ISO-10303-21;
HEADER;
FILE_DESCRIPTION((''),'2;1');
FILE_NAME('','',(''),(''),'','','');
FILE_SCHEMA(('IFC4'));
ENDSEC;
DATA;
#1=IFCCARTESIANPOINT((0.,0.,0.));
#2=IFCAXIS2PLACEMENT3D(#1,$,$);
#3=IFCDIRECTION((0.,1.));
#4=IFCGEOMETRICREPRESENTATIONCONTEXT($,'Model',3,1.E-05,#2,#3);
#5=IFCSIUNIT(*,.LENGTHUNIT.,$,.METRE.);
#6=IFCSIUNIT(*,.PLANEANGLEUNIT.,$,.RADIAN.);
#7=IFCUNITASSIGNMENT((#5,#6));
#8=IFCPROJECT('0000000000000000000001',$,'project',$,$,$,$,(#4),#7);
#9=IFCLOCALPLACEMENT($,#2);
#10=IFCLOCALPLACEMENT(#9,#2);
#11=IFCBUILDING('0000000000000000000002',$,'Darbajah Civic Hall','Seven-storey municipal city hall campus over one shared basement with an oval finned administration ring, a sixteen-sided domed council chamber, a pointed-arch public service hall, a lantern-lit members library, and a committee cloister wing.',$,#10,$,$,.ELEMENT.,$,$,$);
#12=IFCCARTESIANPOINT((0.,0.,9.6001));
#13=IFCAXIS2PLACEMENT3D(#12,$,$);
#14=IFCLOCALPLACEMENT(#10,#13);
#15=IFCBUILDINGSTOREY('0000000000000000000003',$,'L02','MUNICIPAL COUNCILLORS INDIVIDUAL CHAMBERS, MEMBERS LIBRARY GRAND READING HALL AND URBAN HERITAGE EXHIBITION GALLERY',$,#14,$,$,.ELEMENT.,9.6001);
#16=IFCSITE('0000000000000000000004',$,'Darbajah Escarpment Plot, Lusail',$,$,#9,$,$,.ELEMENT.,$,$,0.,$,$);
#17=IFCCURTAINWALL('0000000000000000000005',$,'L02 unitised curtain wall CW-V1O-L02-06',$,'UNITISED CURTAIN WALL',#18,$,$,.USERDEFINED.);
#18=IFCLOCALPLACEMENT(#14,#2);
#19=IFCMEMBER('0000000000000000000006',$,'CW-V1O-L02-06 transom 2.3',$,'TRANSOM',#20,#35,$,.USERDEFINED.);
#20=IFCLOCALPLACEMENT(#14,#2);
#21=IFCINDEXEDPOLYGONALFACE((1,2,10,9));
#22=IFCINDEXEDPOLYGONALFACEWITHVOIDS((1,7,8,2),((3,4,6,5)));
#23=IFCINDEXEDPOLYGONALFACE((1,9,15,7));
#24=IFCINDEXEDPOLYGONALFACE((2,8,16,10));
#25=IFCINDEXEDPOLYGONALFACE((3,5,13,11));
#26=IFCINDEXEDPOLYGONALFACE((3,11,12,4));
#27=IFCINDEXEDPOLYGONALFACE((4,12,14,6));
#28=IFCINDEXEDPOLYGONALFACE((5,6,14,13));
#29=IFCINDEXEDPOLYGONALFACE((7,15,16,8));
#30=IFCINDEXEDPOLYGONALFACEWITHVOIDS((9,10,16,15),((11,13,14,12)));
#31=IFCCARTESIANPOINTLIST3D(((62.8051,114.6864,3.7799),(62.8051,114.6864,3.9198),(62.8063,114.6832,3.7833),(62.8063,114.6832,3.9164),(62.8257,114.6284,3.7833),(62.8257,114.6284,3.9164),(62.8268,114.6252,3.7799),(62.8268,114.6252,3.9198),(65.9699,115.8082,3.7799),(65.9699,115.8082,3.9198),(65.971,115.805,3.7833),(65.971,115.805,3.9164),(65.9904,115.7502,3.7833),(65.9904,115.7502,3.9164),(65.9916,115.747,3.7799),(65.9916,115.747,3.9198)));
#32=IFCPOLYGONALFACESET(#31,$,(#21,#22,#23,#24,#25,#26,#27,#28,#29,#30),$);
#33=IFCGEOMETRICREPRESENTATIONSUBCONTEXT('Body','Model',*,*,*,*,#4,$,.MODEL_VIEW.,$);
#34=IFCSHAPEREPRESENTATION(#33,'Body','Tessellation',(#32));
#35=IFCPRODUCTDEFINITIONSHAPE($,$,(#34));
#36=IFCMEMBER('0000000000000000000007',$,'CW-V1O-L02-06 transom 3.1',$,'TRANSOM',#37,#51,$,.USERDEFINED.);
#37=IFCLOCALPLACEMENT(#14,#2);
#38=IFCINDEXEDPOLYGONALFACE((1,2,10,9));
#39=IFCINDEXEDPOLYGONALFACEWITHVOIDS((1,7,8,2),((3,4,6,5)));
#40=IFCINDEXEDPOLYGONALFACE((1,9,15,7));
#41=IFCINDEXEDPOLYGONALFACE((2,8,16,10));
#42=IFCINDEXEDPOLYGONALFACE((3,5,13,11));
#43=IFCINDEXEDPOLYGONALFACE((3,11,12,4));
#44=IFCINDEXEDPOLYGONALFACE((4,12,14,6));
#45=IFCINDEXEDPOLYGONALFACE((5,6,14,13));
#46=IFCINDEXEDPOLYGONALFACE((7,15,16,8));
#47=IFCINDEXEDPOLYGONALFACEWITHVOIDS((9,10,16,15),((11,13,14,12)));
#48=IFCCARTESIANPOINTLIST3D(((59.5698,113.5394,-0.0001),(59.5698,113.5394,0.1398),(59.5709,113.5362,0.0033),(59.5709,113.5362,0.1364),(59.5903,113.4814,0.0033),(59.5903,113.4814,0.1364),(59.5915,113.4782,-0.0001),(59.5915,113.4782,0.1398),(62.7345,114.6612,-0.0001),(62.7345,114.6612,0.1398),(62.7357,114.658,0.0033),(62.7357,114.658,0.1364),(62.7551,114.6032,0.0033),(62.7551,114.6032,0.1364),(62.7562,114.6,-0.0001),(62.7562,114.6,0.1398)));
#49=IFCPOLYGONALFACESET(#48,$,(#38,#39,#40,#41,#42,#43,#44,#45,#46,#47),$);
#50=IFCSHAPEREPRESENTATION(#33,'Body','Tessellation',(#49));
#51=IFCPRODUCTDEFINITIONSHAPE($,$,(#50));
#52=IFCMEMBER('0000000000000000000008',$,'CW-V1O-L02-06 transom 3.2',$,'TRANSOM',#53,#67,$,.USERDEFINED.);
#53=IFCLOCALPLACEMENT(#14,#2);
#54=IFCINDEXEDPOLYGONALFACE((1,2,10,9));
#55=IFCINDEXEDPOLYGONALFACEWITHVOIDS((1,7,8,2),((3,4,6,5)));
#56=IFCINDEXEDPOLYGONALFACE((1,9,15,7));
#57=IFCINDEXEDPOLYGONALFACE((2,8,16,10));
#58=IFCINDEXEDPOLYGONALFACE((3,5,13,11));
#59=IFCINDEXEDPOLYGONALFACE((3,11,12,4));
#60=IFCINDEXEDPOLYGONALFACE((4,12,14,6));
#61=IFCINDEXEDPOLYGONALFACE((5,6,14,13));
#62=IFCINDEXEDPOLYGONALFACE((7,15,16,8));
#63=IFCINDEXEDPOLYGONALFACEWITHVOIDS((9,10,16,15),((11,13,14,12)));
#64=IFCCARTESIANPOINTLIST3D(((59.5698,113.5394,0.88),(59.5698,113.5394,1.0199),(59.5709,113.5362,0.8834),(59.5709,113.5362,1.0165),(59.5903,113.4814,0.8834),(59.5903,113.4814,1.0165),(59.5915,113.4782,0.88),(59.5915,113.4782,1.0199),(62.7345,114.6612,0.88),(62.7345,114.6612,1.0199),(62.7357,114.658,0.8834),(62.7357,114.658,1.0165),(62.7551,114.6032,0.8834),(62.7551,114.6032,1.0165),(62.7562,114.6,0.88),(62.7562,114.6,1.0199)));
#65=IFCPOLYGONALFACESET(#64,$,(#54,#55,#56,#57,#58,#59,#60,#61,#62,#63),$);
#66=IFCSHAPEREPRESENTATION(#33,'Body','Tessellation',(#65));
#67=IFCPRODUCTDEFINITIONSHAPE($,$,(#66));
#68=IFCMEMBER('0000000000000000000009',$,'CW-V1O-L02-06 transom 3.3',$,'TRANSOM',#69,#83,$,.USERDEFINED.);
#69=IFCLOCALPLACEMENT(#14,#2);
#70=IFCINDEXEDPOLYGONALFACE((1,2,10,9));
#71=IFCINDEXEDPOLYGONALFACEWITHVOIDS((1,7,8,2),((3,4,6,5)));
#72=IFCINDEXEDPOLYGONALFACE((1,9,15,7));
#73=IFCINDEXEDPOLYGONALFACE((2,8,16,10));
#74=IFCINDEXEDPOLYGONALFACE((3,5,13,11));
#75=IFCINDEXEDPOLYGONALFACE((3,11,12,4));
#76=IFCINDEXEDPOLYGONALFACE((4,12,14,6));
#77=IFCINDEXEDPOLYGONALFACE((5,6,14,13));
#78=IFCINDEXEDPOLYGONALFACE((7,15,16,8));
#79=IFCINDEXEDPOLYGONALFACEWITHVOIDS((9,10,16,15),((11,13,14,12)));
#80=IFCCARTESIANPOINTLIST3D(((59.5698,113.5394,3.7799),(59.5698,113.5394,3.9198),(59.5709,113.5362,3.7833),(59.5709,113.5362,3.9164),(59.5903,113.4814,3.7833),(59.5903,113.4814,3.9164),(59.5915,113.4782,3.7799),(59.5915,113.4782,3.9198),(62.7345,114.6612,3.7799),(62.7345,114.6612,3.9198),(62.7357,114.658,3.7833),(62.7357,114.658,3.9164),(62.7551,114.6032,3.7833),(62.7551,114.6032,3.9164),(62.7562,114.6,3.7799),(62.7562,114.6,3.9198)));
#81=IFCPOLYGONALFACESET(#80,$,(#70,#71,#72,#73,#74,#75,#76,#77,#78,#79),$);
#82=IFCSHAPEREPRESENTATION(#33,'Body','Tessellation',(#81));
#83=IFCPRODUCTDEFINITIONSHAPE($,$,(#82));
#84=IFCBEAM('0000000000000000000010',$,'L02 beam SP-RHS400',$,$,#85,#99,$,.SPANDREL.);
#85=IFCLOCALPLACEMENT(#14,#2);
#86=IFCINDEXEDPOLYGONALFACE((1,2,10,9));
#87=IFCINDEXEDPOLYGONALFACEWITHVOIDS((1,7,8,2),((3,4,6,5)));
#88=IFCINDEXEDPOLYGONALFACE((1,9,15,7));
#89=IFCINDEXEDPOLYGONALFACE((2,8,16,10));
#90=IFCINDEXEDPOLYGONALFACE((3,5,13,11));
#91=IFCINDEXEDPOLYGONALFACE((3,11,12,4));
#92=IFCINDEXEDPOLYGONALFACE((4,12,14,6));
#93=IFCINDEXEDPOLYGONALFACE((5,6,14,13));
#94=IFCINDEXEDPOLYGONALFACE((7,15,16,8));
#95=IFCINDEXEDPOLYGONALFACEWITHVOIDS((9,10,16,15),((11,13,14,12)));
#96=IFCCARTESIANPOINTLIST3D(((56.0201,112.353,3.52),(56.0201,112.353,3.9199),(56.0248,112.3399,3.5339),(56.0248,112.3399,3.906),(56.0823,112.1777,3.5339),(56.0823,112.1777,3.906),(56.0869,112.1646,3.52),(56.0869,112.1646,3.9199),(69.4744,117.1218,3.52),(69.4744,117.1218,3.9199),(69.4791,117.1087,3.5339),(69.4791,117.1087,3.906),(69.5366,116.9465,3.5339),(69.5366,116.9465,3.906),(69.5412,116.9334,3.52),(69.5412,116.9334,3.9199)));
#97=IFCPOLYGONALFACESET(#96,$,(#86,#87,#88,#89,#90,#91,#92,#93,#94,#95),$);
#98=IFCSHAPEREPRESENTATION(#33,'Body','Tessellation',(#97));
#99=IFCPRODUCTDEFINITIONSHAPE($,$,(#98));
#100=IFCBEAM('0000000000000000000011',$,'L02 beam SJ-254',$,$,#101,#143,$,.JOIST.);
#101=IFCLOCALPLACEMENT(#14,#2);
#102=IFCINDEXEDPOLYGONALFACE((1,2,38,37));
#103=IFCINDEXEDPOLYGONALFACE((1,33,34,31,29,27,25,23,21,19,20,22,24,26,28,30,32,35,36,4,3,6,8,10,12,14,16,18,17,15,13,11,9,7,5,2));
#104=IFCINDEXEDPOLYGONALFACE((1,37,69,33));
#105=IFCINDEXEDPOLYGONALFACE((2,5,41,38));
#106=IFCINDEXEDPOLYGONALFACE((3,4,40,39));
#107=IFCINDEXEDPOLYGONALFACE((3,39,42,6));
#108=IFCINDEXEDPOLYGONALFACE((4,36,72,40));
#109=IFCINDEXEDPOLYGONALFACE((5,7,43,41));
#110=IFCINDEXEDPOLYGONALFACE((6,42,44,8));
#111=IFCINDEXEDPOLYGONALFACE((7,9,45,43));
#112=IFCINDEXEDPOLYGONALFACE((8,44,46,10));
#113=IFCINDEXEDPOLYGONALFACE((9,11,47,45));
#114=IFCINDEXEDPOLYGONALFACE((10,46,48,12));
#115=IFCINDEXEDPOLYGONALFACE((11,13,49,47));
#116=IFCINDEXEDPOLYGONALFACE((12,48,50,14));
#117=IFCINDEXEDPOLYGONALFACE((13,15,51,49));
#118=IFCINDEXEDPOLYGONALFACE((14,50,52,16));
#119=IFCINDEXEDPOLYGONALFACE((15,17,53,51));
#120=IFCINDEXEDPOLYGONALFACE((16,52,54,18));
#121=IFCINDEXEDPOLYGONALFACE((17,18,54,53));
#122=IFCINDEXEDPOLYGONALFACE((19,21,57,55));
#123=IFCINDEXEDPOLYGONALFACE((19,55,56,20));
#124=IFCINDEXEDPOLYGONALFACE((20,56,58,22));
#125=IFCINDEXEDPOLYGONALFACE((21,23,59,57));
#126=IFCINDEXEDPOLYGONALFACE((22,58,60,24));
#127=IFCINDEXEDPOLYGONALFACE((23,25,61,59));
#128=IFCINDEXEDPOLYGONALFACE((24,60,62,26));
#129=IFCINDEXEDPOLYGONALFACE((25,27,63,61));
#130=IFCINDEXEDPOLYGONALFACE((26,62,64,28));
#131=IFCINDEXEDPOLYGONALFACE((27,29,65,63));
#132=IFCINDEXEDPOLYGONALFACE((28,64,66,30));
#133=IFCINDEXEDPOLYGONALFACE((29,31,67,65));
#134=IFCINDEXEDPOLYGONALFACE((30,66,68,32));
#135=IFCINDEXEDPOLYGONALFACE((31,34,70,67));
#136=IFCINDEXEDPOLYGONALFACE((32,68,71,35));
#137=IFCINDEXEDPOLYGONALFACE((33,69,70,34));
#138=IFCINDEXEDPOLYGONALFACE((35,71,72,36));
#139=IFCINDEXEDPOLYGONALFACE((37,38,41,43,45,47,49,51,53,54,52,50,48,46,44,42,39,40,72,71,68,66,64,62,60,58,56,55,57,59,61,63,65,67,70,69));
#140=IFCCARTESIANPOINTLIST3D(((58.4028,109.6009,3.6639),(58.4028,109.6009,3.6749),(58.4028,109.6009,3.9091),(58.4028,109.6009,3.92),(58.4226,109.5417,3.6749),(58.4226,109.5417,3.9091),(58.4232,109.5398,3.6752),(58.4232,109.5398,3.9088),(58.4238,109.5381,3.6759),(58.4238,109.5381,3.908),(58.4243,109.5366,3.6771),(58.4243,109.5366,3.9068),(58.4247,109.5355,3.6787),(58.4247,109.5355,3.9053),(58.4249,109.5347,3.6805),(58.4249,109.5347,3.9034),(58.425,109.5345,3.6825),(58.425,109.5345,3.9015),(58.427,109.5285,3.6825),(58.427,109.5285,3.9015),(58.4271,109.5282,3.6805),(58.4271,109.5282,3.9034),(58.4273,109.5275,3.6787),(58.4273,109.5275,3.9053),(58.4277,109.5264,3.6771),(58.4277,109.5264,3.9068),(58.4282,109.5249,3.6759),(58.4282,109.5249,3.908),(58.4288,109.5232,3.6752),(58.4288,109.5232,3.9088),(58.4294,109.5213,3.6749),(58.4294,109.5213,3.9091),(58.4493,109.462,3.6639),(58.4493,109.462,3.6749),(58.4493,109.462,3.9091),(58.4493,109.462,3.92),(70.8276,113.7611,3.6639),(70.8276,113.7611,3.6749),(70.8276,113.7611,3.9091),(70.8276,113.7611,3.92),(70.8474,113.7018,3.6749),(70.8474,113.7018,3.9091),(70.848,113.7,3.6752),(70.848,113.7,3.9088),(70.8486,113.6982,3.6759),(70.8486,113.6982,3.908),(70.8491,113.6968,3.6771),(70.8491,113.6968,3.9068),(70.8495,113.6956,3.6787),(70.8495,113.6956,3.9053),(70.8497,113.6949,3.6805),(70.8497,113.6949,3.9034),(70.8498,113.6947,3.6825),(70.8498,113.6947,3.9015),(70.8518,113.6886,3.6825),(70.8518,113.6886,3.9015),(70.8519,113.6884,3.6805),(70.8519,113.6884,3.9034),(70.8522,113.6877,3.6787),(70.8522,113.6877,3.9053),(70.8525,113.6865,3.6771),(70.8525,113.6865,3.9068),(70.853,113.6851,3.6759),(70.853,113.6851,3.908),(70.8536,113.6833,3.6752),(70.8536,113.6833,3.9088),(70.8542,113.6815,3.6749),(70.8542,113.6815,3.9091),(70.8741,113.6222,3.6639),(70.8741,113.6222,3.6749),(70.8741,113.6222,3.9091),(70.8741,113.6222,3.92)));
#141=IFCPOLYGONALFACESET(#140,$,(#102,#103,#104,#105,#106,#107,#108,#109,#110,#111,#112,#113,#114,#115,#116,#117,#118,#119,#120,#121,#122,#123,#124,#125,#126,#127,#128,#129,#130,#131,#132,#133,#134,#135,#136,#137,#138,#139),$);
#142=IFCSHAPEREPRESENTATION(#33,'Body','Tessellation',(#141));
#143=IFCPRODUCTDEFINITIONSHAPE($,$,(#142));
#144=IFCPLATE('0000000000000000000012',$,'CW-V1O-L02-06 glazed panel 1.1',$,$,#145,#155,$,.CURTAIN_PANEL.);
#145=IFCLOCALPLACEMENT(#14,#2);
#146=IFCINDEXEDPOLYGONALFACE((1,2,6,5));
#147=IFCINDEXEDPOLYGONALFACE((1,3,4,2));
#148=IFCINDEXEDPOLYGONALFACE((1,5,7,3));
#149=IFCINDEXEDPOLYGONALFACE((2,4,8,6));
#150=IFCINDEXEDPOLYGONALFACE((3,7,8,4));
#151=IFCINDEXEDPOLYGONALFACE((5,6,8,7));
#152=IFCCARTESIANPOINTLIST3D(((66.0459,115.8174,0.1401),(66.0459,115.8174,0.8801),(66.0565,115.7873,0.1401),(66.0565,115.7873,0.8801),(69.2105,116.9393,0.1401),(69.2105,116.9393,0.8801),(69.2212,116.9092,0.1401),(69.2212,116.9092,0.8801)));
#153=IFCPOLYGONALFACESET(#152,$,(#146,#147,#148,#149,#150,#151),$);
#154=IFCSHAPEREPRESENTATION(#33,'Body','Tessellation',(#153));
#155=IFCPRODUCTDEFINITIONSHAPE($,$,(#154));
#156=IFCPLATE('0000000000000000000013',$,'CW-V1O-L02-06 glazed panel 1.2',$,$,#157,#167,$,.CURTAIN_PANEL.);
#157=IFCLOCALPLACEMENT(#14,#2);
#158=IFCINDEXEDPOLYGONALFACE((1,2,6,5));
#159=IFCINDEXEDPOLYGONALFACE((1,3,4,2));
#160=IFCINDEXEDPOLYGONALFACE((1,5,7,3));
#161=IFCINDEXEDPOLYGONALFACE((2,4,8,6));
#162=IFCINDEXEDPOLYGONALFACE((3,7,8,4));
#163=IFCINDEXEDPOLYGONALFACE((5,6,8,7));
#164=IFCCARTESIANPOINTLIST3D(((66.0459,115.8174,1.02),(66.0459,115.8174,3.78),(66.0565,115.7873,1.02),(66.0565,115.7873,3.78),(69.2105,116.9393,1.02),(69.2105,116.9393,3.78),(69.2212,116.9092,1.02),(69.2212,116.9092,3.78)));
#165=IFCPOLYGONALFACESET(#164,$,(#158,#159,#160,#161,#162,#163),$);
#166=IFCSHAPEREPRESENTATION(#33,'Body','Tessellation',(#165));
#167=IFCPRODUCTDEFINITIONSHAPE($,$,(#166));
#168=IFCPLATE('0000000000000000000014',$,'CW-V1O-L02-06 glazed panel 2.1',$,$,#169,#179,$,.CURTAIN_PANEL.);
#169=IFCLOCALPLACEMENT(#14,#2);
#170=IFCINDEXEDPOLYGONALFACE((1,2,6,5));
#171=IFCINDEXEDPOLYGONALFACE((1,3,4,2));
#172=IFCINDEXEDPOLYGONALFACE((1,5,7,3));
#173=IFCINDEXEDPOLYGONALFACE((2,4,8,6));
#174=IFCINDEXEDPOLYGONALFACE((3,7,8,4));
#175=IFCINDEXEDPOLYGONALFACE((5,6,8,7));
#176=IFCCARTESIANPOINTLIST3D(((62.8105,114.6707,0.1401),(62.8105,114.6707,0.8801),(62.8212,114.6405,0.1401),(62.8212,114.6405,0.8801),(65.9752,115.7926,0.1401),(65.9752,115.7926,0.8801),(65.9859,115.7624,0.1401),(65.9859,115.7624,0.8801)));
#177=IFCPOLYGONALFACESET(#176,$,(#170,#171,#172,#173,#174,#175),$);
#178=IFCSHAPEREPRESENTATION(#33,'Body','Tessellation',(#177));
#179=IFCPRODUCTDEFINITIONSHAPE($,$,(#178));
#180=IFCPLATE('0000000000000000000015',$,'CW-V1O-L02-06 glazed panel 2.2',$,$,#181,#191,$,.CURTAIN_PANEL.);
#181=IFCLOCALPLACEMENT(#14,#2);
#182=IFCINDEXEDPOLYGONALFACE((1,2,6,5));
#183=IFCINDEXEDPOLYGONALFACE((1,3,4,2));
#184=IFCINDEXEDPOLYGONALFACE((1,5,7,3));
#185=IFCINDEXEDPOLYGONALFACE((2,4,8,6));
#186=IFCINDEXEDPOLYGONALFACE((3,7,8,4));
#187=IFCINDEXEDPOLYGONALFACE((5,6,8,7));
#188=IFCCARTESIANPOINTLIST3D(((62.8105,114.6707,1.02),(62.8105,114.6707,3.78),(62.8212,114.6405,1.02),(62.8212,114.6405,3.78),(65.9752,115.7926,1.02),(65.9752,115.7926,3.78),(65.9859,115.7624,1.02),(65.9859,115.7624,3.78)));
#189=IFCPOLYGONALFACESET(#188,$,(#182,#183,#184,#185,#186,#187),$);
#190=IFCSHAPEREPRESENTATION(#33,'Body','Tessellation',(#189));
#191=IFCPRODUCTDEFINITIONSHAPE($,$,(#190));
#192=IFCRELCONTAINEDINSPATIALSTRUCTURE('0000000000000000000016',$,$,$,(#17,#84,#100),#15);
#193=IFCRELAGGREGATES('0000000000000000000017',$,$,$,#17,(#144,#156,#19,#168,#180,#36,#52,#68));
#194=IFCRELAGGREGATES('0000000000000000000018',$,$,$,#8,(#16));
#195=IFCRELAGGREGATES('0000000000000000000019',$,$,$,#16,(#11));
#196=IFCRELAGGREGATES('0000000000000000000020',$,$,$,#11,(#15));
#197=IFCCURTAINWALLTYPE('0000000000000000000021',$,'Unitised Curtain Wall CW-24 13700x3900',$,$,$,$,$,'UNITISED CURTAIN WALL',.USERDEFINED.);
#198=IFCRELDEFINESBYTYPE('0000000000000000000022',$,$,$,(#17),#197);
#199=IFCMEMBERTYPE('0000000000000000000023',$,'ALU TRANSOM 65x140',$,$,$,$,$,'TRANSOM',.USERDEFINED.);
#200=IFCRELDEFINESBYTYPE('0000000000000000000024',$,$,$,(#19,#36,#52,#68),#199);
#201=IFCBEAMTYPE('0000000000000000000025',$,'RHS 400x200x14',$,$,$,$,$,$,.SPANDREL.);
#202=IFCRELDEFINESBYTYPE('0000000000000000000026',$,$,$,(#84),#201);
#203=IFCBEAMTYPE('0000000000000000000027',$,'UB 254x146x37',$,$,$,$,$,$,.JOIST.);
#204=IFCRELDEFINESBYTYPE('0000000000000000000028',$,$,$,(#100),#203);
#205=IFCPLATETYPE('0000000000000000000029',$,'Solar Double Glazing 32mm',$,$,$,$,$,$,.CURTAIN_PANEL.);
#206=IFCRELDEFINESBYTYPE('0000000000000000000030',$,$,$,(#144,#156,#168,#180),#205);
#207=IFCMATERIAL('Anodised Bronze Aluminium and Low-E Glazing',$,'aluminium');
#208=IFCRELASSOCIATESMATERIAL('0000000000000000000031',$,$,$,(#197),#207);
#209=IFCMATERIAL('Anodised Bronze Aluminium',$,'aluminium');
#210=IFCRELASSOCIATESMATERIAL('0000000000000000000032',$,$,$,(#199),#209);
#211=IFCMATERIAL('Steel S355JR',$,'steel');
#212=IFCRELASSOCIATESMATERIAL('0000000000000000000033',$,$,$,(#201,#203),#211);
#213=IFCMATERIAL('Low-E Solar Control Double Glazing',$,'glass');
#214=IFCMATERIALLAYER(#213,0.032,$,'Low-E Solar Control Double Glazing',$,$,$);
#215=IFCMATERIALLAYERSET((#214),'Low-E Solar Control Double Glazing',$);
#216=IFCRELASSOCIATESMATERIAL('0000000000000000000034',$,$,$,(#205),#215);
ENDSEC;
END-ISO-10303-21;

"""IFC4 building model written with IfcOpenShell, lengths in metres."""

from ifc_helpers import new_model, si_unit, direction, frame, origin, origin_2d, place, context, subcontext, project, spatial, rectangle, hollow_rectangle, i_section, extrude, material, layer, layer_set, material_profile, profile_set, type_object, element, aggregate, save


model = new_model("IFC4")

# Units and contexts
model_context = context("Model", 3, precision=1e-05, world=origin(), true_north=direction((0.0, 1.0)))
body_context = subcontext(model_context, "Body", "Model", "MODEL_VIEW")
ifc_project = project(units=[si_unit("LENGTHUNIT", "METRE"), si_unit("PLANEANGLEUNIT", "RADIAN")], contexts=[model_context])

# Site, building, storey
site_placement = place(None, origin())
site = spatial("IfcSite", under=ifc_project, at=site_placement, Name="Darbajah Escarpment Plot, Lusail", CompositionType="ELEMENT", RefElevation=0.0)
building_placement = place(site_placement, origin())
building = spatial("IfcBuilding", under=site, at=building_placement, Name="Darbajah Civic Hall", Description="Seven-storey municipal city hall campus over one shared basement with an oval finned administration ring, a sixteen-sided domed council chamber, a pointed-arch public service hall, a lantern-lit members library, and a committee cloister wing.", CompositionType="ELEMENT")
storey_placement = place(building_placement, frame((0.0, 0.0, 9.6001)))
storey = spatial("IfcBuildingStorey", under=building, at=storey_placement, Name="L02", Description="MUNICIPAL COUNCILLORS INDIVIDUAL CHAMBERS, MEMBERS LIBRARY GRAND READING HALL AND URBAN HERITAGE EXHIBITION GALLERY", CompositionType="ELEMENT", Elevation=9.6001)

# Shared definitions
ifc_material_1 = material(Name="Anodised Bronze Aluminium and Low-E Glazing", Category="aluminium")
ifc_material_2 = material(Name="Anodised Bronze Aluminium", Category="aluminium")

# Curtain wall, members
curtain_wall_type_1 = type_object("IfcCurtainWallType", Name="Unitised Curtain Wall CW-24 13700x3900", ElementType="UNITISED CURTAIN WALL", PredefinedType="USERDEFINED", material=ifc_material_1)
curtain_wall_1_placement = place(storey_placement, origin())
curtain_wall_1 = element("IfcCurtainWall", 1, at=curtain_wall_1_placement, inside=storey, type_object=curtain_wall_type_1, Name="L02 unitised curtain wall CW-V1O-L02-06", ObjectType="UNITISED CURTAIN WALL", PredefinedType="USERDEFINED")
ifc_material_profile_1 = material_profile(ifc_material_2, hollow_rectangle(XDim=0.0649, YDim=0.1399, WallThickness=0.0034, at=origin_2d()), Name="ALU TRANSOM 65x140")
ifc_profile_set_1 = profile_set([ifc_material_profile_1], Name="Anodised Bronze Aluminium")
member_type_1 = type_object("IfcMemberType", Name="ALU TRANSOM 65x140", ElementType="TRANSOM", PredefinedType="USERDEFINED", material=ifc_profile_set_1)
member_1_placement = place(storey_placement, frame((65.9807, 115.7776, 3.8499), z_axis=(-0.942537, -0.334102, 0.0), x_axis=(0.334102, -0.942537, 0.0)))
member_1 = element("IfcMember", 2, at=member_1_placement, type_object=member_type_1, Name="CW-V1O-L02-06 transom 2.3", ObjectType="TRANSOM", PredefinedType="USERDEFINED", context=body_context, shape_type="SweptSolid", body=[
    extrude(hollow_rectangle(XDim=0.0649, YDim=0.1399, WallThickness=0.0034, at=origin_2d()), origin(), (0.0, 0.0, 1.0), 3.3577),
])
member_2_placement = place(storey_placement, frame((62.7454, 114.6306, 0.0698), z_axis=(-0.942537, -0.334102, 0.0), x_axis=(0.334102, -0.942537, 0.0)))
member_2 = element("IfcMember", 3, at=member_2_placement, type_object=member_type_1, Name="CW-V1O-L02-06 transom 3.1", ObjectType="TRANSOM", PredefinedType="USERDEFINED", context=body_context, shape_type="SweptSolid", body=[
    extrude(hollow_rectangle(XDim=0.0649, YDim=0.1399, WallThickness=0.0034, at=origin_2d()), origin(), (0.0, 0.0, 1.0), 3.3577),
])
member_3_placement = place(storey_placement, frame((62.7454, 114.6306, 0.95), z_axis=(-0.942537, -0.334102, 0.0), x_axis=(0.334102, -0.942537, 0.0)))
member_3 = element("IfcMember", 4, at=member_3_placement, type_object=member_type_1, Name="CW-V1O-L02-06 transom 3.2", ObjectType="TRANSOM", PredefinedType="USERDEFINED", context=body_context, shape_type="SweptSolid", body=[
    extrude(hollow_rectangle(XDim=0.0649, YDim=0.1399, WallThickness=0.0034, at=origin_2d()), origin(), (0.0, 0.0, 1.0), 3.3577),
])
member_4_placement = place(storey_placement, frame((62.7454, 114.6306, 3.8499), z_axis=(-0.942537, -0.334102, 0.0), x_axis=(0.334102, -0.942537, 0.0)))
member_4 = element("IfcMember", 5, at=member_4_placement, type_object=member_type_1, Name="CW-V1O-L02-06 transom 3.3", ObjectType="TRANSOM", PredefinedType="USERDEFINED", context=body_context, shape_type="SweptSolid", body=[
    extrude(hollow_rectangle(XDim=0.0649, YDim=0.1399, WallThickness=0.0034, at=origin_2d()), origin(), (0.0, 0.0, 1.0), 3.3577),
])

# Beams
ifc_material_3 = material(Name="Steel S355JR", Category="steel")
ifc_material_profile_2 = material_profile(ifc_material_3, hollow_rectangle(XDim=0.2, YDim=0.3999, WallThickness=0.0139, at=origin_2d()), Name="RHS 400x200x14")
ifc_profile_set_2 = profile_set([ifc_material_profile_2], Name="Steel S355JR")
beam_type_1 = type_object("IfcBeamType", Name="RHS 400x200x14", PredefinedType="SPANDREL", material=ifc_profile_set_2)
beam_1_placement = place(storey_placement, frame((69.5078, 117.0276, 3.72), z_axis=(-0.942545, -0.334079, 0.0), x_axis=(0.334079, -0.942545, 0.0)))
element("IfcBeam", 6, at=beam_1_placement, inside=storey, type_object=beam_type_1, Name="L02 beam SP-RHS400", PredefinedType="SPANDREL", context=body_context, shape_type="SweptSolid", body=[
    extrude(hollow_rectangle(XDim=0.2, YDim=0.3999, WallThickness=0.0139, at=origin_2d()), origin(), (0.0, 0.0, 1.0), 14.2744),
])
ifc_material_profile_3 = material_profile(ifc_material_3, i_section(OverallWidth=0.1465, OverallDepth=0.2561, WebThickness=0.0063, FlangeThickness=0.011, FilletRadius=0.0076, at=origin_2d()), Name="UB 254x146x37")
ifc_profile_set_3 = profile_set([ifc_material_profile_3], Name="Steel S355JR")
beam_type_2 = type_object("IfcBeamType", Name="UB 254x146x37", PredefinedType="JOIST", material=ifc_profile_set_3)
beam_2_placement = place(storey_placement, frame((70.8508, 113.6917, 3.792), z_axis=(-0.948258, -0.317502, 0.0), x_axis=(0.317502, -0.948258, 0.0)))
element("IfcBeam", 7, at=beam_2_placement, inside=storey, type_object=beam_type_2, Name="L02 beam SJ-254", PredefinedType="JOIST", context=body_context, shape_type="SweptSolid", body=[
    extrude(i_section(OverallWidth=0.1465, OverallDepth=0.2561, WebThickness=0.0063, FlangeThickness=0.011, FilletRadius=0.0076, at=origin_2d()), origin(), (0.0, 0.0, 1.0), 13.1028),
])

# Plates
ifc_material_4 = material(Name="Low-E Solar Control Double Glazing", Category="glass")
ifc_layer_1 = layer(ifc_material_4, 0.032, Name="Low-E Solar Control Double Glazing")
ifc_layer_set_1 = layer_set([ifc_layer_1], Name="Low-E Solar Control Double Glazing")
plate_type = type_object("IfcPlateType", Name="Solar Double Glazing 32mm", PredefinedType="CURTAIN_PANEL", material=ifc_layer_set_1)
plate_1_placement = place(storey_placement, frame((67.6335, 116.3633, 0.1401), z_axis=(0.0, 0.0, 1.0), x_axis=(-0.942525, -0.334136, 0.0)))
plate_1 = element("IfcPlate", 8, at=plate_1_placement, type_object=plate_type, Name="CW-V1O-L02-06 glazed panel 1.1", PredefinedType="CURTAIN_PANEL", context=body_context, shape_type="SweptSolid", body=[
    extrude(rectangle(XDim=3.3577, YDim=0.032, at=origin_2d()), origin(), (0.0, 0.0, 1.0), 0.74),
])
plate_2_placement = place(storey_placement, frame((67.6335, 116.3633, 1.02), z_axis=(0.0, 0.0, 1.0), x_axis=(-0.942525, -0.334136, 0.0)))
plate_2 = element("IfcPlate", 9, at=plate_2_placement, type_object=plate_type, Name="CW-V1O-L02-06 glazed panel 1.2", PredefinedType="CURTAIN_PANEL", context=body_context, shape_type="SweptSolid", body=[
    extrude(rectangle(XDim=3.3577, YDim=0.032, at=origin_2d()), origin(), (0.0, 0.0, 1.0), 2.76),
])
plate_3_placement = place(storey_placement, frame((64.3982, 115.2166, 0.1401), z_axis=(0.0, 0.0, 1.0), x_axis=(-0.942525, -0.334136, 0.0)))
plate_3 = element("IfcPlate", 10, at=plate_3_placement, type_object=plate_type, Name="CW-V1O-L02-06 glazed panel 2.1", PredefinedType="CURTAIN_PANEL", context=body_context, shape_type="SweptSolid", body=[
    extrude(rectangle(XDim=3.3577, YDim=0.032, at=origin_2d()), origin(), (0.0, 0.0, 1.0), 0.74),
])
plate_4_placement = place(storey_placement, frame((64.3982, 115.2166, 1.02), z_axis=(0.0, 0.0, 1.0), x_axis=(-0.942525, -0.334136, 0.0)))
plate_4 = element("IfcPlate", 11, at=plate_4_placement, type_object=plate_type, Name="CW-V1O-L02-06 glazed panel 2.2", PredefinedType="CURTAIN_PANEL", context=body_context, shape_type="SweptSolid", body=[
    extrude(rectangle(XDim=3.3577, YDim=0.032, at=origin_2d()), origin(), (0.0, 0.0, 1.0), 2.76),
])
aggregate(curtain_wall_1, [plate_1, plate_2, member_1, plate_3, plate_4, member_2, member_3, member_4])

save(model, "model.ifc")
